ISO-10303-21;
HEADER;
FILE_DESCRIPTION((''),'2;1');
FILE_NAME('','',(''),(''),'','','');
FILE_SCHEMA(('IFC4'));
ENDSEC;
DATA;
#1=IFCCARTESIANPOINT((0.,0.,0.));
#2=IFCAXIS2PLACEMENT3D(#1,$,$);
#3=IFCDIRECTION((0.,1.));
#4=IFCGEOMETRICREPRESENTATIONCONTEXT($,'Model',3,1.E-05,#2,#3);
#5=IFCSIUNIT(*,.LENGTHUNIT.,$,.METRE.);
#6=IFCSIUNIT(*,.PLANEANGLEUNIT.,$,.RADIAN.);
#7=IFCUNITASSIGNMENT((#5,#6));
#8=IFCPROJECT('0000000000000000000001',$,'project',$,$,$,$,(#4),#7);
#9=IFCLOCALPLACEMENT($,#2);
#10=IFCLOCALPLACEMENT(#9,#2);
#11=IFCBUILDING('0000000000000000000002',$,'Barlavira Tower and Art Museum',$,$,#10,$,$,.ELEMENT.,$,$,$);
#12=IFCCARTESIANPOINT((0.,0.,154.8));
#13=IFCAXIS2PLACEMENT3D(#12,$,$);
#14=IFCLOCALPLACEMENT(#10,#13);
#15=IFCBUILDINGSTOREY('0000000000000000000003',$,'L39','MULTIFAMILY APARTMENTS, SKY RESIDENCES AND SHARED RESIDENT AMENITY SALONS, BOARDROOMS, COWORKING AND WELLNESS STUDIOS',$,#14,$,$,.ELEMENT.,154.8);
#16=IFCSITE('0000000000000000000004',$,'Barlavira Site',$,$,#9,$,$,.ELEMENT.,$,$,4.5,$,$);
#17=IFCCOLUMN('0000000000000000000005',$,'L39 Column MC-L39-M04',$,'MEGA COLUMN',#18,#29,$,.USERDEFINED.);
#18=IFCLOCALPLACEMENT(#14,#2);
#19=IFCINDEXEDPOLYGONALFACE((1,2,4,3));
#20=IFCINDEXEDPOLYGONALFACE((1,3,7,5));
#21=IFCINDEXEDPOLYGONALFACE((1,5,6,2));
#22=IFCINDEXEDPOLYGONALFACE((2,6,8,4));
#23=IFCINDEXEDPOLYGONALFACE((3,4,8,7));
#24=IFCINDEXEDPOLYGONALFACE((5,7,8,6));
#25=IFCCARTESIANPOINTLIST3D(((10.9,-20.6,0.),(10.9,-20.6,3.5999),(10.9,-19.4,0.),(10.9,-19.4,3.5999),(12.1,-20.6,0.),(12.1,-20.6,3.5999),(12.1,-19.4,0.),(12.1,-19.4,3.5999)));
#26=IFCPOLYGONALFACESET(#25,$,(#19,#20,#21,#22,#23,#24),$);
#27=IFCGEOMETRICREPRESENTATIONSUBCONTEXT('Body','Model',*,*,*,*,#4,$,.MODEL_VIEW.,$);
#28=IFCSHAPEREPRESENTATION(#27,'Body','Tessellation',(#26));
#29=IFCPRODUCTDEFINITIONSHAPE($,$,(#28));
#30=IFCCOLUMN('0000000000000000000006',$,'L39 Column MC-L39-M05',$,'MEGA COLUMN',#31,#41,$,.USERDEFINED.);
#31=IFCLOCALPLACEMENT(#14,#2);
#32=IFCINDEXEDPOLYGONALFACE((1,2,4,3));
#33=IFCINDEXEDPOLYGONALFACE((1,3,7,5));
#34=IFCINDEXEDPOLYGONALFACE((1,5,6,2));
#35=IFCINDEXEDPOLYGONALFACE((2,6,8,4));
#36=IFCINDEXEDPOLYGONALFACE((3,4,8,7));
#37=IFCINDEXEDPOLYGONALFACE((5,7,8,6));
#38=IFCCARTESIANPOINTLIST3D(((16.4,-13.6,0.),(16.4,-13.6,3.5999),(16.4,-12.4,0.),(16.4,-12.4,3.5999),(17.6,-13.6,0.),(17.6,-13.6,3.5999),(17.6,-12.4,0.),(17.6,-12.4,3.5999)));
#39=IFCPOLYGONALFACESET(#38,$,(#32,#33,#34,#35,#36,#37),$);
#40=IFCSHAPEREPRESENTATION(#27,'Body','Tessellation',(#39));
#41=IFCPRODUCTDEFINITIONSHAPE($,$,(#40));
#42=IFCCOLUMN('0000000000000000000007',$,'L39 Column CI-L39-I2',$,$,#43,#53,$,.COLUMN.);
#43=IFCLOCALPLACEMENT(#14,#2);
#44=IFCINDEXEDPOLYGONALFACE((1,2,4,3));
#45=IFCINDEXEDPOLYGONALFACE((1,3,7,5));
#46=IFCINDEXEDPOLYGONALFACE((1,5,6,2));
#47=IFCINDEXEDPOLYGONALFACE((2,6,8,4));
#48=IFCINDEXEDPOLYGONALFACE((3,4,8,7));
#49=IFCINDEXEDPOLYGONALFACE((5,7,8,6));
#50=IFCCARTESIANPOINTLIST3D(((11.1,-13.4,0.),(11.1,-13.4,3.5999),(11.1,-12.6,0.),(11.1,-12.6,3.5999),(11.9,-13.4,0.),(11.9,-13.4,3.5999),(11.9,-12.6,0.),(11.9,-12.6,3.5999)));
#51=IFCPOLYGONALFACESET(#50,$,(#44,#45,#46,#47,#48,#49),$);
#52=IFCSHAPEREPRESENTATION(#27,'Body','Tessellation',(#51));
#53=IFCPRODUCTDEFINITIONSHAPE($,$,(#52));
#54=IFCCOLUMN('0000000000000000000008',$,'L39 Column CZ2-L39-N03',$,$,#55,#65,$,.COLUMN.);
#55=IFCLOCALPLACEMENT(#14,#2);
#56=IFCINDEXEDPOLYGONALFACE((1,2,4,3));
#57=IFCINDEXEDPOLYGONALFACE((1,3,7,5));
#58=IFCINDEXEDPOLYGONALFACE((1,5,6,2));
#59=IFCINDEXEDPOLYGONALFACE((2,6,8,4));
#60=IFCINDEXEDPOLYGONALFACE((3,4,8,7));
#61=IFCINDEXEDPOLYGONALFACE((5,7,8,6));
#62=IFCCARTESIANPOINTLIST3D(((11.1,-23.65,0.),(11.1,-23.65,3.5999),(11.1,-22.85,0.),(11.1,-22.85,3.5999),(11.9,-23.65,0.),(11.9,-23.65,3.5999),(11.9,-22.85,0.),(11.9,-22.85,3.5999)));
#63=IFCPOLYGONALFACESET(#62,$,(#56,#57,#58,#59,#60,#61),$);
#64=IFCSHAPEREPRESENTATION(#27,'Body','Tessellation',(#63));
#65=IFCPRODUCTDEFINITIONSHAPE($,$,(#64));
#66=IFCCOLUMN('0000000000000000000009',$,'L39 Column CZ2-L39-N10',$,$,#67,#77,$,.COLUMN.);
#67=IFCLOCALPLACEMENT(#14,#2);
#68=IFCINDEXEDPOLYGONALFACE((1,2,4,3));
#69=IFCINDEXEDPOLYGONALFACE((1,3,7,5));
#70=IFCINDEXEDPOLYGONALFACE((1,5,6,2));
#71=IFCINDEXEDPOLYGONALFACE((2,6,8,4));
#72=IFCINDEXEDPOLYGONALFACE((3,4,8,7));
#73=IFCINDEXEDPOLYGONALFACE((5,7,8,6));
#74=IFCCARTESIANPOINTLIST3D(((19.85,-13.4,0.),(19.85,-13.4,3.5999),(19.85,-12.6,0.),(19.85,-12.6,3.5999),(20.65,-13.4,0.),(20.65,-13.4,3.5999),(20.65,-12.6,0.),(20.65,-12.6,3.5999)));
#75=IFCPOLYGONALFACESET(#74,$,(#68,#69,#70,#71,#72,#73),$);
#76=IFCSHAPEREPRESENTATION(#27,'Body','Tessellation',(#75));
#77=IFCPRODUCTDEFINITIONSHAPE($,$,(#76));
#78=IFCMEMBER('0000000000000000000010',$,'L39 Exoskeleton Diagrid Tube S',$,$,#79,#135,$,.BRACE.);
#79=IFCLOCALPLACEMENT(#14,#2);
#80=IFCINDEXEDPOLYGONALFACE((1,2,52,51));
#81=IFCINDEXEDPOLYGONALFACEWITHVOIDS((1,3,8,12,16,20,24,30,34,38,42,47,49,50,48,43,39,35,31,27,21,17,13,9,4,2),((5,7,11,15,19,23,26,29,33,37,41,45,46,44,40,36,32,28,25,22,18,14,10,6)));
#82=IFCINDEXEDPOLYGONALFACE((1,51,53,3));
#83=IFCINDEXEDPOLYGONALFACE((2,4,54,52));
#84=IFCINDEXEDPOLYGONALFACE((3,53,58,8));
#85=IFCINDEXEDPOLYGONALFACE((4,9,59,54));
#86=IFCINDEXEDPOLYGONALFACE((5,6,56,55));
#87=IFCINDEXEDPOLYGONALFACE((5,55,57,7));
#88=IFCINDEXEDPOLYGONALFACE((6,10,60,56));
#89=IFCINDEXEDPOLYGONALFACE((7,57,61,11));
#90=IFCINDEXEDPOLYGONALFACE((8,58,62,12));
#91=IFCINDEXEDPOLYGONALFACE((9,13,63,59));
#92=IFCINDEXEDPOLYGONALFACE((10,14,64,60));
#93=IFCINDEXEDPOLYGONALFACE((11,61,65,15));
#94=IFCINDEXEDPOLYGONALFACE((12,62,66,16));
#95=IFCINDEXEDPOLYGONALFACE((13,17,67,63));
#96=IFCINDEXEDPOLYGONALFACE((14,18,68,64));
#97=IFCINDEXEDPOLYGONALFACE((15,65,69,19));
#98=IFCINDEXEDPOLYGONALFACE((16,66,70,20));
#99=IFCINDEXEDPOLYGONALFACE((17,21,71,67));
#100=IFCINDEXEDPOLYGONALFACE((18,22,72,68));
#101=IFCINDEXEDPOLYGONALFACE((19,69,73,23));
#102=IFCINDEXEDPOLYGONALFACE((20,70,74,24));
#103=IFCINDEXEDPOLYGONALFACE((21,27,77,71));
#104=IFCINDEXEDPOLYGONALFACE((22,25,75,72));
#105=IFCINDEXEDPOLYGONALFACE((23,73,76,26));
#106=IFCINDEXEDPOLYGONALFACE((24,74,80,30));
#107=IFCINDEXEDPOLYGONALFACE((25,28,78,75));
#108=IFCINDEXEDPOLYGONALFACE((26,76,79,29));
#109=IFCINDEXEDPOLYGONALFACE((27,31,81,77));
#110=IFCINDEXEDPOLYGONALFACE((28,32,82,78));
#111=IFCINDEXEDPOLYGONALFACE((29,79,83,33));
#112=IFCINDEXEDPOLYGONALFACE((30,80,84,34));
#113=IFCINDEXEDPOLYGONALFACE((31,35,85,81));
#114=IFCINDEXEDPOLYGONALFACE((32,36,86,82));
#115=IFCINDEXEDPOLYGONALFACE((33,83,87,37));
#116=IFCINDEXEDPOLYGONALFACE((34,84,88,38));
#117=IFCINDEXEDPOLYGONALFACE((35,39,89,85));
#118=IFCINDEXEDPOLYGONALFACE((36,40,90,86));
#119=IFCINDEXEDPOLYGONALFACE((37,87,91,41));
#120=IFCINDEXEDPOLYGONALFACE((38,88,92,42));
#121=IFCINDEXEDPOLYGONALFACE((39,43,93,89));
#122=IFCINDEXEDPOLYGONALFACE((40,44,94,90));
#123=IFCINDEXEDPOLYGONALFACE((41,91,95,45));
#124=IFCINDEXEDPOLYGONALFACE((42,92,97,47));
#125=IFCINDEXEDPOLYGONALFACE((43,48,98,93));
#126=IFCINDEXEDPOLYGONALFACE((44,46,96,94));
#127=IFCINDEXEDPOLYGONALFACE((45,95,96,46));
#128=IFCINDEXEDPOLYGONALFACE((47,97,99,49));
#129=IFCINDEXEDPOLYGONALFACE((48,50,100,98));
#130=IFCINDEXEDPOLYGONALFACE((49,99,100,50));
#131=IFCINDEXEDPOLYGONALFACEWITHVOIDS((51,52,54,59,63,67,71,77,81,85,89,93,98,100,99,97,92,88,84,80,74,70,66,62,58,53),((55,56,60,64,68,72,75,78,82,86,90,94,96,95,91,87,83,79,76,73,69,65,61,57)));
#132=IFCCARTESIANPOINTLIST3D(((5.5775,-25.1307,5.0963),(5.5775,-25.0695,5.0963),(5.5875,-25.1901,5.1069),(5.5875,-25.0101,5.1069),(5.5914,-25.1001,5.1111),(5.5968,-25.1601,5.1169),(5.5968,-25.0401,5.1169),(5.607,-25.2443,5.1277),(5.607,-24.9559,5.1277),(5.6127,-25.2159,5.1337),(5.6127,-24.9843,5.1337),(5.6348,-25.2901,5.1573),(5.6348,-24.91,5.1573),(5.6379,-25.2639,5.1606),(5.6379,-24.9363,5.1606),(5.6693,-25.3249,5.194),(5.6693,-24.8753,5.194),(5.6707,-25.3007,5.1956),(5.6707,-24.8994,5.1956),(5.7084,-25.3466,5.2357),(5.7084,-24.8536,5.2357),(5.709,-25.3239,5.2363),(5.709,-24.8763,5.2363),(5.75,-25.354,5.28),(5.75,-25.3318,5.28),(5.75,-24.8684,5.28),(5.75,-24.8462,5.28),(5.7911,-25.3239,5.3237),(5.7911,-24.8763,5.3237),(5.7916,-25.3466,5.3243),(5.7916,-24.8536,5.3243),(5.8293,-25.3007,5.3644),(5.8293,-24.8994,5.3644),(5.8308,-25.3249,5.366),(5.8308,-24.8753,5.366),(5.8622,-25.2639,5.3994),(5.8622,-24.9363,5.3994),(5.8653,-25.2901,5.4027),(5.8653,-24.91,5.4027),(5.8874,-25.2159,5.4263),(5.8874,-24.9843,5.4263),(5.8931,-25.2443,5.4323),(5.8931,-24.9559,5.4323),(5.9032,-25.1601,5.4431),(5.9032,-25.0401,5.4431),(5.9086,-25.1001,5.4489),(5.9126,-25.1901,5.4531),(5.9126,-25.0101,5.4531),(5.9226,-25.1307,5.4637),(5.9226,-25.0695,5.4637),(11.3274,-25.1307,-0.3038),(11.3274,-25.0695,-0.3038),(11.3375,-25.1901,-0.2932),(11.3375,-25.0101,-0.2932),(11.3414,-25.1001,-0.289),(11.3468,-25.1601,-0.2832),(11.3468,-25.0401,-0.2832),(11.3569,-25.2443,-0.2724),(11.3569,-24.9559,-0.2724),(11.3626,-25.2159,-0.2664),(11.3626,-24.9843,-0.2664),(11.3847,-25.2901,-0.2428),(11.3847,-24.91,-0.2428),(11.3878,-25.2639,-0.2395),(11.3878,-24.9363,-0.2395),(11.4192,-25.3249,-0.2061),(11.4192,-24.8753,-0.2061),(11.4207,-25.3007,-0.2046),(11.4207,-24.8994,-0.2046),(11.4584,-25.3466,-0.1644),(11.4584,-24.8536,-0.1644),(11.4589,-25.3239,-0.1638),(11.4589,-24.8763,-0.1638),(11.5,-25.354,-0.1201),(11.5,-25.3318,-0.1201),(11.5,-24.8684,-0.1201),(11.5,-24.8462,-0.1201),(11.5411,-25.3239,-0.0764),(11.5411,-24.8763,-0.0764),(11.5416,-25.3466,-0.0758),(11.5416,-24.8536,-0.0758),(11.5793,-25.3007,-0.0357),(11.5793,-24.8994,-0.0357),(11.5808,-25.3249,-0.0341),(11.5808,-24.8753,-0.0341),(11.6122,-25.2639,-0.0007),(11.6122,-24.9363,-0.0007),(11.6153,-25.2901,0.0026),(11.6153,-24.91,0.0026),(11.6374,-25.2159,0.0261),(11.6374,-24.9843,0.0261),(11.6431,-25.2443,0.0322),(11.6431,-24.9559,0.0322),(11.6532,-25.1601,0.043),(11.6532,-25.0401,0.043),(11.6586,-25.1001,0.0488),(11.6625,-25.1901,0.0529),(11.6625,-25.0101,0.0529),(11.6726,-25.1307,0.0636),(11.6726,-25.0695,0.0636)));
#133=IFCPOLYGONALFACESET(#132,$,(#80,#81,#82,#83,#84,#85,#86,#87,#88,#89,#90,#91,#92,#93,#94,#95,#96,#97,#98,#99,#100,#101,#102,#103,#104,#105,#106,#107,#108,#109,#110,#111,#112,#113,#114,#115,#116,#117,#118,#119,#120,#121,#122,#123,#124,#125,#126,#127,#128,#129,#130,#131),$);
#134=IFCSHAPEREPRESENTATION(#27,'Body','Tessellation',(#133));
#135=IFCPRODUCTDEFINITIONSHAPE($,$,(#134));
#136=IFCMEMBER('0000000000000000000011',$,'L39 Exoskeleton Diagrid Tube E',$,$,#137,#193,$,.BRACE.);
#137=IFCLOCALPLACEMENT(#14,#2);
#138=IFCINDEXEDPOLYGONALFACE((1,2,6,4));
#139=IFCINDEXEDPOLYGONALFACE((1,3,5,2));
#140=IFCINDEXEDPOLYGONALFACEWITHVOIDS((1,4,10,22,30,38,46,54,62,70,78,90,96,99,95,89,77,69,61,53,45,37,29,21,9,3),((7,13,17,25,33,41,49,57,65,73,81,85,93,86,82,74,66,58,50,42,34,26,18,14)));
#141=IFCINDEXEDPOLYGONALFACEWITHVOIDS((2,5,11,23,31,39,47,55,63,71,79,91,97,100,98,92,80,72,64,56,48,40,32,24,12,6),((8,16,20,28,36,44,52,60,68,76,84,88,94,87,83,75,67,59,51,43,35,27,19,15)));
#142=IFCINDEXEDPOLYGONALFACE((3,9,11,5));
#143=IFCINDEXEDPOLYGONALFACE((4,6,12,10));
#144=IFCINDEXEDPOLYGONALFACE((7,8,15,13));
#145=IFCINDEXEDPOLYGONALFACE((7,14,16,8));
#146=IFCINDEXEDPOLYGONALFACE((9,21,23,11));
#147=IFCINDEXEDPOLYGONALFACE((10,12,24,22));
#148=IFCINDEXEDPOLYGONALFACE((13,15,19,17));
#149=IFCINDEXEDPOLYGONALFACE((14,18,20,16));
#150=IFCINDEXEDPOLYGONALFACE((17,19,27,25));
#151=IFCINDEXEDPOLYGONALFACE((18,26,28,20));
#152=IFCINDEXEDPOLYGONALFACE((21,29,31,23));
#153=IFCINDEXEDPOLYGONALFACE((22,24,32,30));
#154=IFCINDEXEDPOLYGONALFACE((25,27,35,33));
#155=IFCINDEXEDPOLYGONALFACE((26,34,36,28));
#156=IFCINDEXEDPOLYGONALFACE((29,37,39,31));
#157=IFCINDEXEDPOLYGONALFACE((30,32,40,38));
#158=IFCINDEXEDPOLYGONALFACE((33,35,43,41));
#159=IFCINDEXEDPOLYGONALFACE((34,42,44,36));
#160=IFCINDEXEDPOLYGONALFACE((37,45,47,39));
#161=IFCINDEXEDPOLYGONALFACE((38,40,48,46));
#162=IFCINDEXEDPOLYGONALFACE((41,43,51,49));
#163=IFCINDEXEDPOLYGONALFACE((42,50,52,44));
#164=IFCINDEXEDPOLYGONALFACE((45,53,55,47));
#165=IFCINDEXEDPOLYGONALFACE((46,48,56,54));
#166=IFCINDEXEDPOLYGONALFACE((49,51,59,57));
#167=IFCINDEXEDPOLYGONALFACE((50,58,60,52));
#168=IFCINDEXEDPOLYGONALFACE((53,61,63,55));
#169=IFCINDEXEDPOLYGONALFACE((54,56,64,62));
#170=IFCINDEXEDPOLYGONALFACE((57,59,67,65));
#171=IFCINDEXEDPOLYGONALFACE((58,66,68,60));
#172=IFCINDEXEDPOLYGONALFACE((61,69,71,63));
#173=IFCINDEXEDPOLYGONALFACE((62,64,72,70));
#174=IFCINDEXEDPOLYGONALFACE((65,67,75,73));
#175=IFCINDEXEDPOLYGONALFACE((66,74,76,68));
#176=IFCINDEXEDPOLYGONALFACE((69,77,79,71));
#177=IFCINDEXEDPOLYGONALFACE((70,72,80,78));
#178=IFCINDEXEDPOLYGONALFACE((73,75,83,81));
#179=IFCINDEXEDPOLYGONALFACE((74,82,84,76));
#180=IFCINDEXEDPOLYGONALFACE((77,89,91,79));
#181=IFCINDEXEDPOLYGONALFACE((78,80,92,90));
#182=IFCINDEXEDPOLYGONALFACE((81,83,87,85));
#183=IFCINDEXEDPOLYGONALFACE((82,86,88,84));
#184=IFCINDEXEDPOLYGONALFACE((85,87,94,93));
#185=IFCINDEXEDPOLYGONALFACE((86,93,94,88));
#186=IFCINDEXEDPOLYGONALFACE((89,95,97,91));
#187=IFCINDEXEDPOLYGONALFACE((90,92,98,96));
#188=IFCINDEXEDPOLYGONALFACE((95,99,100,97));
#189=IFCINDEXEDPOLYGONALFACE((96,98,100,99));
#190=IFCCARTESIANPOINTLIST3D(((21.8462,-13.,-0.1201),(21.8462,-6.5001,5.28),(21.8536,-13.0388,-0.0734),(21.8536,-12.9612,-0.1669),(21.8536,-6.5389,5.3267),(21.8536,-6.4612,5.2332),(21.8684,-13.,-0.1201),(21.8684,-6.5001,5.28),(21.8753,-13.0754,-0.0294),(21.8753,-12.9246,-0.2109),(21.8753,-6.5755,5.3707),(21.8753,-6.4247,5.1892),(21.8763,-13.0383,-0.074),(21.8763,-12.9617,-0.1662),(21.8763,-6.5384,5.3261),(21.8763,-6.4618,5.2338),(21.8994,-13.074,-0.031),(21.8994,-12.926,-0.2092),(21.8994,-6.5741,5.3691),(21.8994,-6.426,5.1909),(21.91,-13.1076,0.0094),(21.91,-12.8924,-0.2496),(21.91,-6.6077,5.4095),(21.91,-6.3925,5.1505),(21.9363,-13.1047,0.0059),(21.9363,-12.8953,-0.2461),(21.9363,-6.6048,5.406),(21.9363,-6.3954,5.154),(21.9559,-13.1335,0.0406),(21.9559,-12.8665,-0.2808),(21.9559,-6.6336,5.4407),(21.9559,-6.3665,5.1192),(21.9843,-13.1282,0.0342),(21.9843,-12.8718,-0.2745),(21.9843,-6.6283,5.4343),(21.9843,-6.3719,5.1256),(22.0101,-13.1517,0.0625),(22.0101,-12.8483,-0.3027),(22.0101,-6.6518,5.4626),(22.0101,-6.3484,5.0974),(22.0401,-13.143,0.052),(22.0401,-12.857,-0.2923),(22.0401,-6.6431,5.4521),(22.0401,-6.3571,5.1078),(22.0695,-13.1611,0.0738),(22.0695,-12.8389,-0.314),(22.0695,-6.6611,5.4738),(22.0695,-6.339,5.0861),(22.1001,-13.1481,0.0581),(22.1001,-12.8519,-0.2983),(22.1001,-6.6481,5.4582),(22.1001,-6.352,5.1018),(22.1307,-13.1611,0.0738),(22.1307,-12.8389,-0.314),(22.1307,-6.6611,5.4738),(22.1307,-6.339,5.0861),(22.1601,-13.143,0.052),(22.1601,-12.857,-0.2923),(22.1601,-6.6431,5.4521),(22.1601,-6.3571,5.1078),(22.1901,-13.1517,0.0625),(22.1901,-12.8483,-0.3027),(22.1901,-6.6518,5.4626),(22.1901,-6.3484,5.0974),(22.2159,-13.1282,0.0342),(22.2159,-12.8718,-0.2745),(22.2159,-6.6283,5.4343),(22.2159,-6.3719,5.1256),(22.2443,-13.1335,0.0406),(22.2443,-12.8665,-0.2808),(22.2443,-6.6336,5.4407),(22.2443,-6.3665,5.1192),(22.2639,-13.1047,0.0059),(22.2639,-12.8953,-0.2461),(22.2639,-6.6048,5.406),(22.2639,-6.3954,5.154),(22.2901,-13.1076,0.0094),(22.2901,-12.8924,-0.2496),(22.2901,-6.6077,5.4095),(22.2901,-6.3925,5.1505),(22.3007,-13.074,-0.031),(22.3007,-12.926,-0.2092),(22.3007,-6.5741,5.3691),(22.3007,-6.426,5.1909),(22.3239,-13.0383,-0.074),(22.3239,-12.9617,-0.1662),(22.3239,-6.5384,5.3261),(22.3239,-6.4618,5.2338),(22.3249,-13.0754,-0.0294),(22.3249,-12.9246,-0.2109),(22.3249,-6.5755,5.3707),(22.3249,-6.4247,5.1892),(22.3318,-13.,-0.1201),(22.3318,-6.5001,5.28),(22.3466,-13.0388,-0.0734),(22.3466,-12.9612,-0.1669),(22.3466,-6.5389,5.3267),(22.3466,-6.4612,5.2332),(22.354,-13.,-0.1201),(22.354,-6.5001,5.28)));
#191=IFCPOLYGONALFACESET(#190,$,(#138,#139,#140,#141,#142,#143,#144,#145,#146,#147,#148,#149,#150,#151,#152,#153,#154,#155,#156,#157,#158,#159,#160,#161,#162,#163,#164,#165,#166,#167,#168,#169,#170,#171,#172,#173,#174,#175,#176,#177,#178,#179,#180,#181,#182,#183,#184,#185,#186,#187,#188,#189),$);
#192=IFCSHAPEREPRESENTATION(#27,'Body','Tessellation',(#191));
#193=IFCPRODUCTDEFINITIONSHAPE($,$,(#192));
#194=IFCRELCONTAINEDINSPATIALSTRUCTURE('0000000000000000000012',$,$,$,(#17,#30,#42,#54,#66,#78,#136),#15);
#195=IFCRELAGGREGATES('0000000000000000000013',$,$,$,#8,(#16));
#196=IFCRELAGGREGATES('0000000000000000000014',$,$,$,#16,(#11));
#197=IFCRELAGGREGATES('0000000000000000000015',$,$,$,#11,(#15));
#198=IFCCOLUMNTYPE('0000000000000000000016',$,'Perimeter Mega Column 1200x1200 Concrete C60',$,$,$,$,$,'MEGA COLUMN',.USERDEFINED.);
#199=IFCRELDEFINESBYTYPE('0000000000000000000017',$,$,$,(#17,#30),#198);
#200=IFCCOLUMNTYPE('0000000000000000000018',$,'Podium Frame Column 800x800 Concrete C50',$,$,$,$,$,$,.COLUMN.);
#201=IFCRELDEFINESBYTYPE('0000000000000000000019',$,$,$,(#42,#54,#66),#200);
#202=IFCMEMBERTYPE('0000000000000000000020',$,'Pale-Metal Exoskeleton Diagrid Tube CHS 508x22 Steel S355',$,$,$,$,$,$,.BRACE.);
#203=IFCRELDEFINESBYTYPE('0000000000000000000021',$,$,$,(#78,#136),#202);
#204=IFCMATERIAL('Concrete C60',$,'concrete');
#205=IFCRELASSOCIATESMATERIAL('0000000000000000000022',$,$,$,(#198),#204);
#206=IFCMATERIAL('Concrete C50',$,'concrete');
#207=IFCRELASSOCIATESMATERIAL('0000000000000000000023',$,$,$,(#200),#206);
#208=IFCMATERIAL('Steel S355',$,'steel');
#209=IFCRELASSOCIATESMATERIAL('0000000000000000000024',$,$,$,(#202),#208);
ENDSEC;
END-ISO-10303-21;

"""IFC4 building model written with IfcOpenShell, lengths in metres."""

from ifc_helpers import new_model, si_unit, direction, frame, origin, origin_2d, place, context, subcontext, project, spatial, rectangle, hollow_circle, extrude, material, material_profile, profile_set, type_object, element, save


model = new_model("IFC4")

# Units and contexts
model_context = context("Model", 3, precision=1e-05, world=origin(), true_north=direction((0.0, 1.0)))
body_context = subcontext(model_context, "Body", "Model", "MODEL_VIEW")
ifc_project = project(units=[si_unit("LENGTHUNIT", "METRE"), si_unit("PLANEANGLEUNIT", "RADIAN")], contexts=[model_context])

# Site, building, storey
site_placement = place(None, origin())
site = spatial("IfcSite", under=ifc_project, at=site_placement, Name="Barlavira Site", CompositionType="ELEMENT", RefElevation=4.5)
building_placement = place(site_placement, origin())
building = spatial("IfcBuilding", under=site, at=building_placement, Name="Barlavira Tower and Art Museum", CompositionType="ELEMENT")
storey_placement = place(building_placement, frame((0.0, 0.0, 154.8)))
storey = spatial("IfcBuildingStorey", under=building, at=storey_placement, Name="L39", Description="MULTIFAMILY APARTMENTS, SKY RESIDENCES AND SHARED RESIDENT AMENITY SALONS, BOARDROOMS, COWORKING AND WELLNESS STUDIOS", CompositionType="ELEMENT", Elevation=154.8)

# Columns
ifc_material_1 = material(Name="Concrete C60", Category="concrete")
ifc_material_profile_1 = material_profile(ifc_material_1, rectangle(XDim=1.2, YDim=1.2, at=origin_2d()), Name="RC-COL 1200x1200")
ifc_profile_set_1 = profile_set([ifc_material_profile_1], Name="Concrete C60")
column_type_1 = type_object("IfcColumnType", Name="Perimeter Mega Column 1200x1200 Concrete C60", ElementType="MEGA COLUMN", PredefinedType="USERDEFINED", material=ifc_profile_set_1)
for number, where, z_axis, x_axis, name in (
    (1, (11.5, -20.0, 0.0), (0.0, 0.0, 1.0), (1.0, 0.0, 0.0), "L39 Column MC-L39-M04"),
    (2, (17.0, -13.0, 0.0), (0.0, 0.0, 1.0), (1.0, 0.0, 0.0), "L39 Column MC-L39-M05"),
):
    element("IfcColumn", number, at=place(storey_placement, frame(where, z_axis=z_axis, x_axis=x_axis)), inside=storey, type_object=column_type_1, Name=name, ObjectType="MEGA COLUMN", PredefinedType="USERDEFINED", context=body_context, shape_type="SweptSolid", body=[
        extrude(rectangle(XDim=1.2, YDim=1.2, at=origin_2d()), origin(), (0.0, 0.0, 1.0), 3.5999),
    ])
ifc_material_2 = material(Name="Concrete C50", Category="concrete")
ifc_material_profile_2 = material_profile(ifc_material_2, rectangle(XDim=0.8, YDim=0.8, at=origin_2d()), Name="RC-COL 800x800")
ifc_profile_set_2 = profile_set([ifc_material_profile_2], Name="Concrete C50")
column_type_2 = type_object("IfcColumnType", Name="Podium Frame Column 800x800 Concrete C50", PredefinedType="COLUMN", material=ifc_profile_set_2)
for number, where, z_axis, x_axis, name in (
    (3, (11.5, -13.0, 0.0), (0.0, 0.0, 1.0), (1.0, 0.0, 0.0), "L39 Column CI-L39-I2"),
    (4, (11.5, -23.25, 0.0), (0.0, 0.0, 1.0), (1.0, 0.0, 0.0), "L39 Column CZ2-L39-N03"),
    (5, (20.25, -13.0, 0.0), (0.0, 0.0, 1.0), (1.0, 0.0, 0.0), "L39 Column CZ2-L39-N10"),
):
    element("IfcColumn", number, at=place(storey_placement, frame(where, z_axis=z_axis, x_axis=x_axis)), inside=storey, type_object=column_type_2, Name=name, PredefinedType="COLUMN", context=body_context, shape_type="SweptSolid", body=[
        extrude(rectangle(XDim=0.8, YDim=0.8, at=origin_2d()), origin(), (0.0, 0.0, 1.0), 3.5999),
    ])

# Members
ifc_material_3 = material(Name="Steel S355", Category="steel")
ifc_material_profile_3 = material_profile(ifc_material_3, hollow_circle(Radius=0.2539, WallThickness=0.0222, at=origin_2d()), Name="CHS 508.0x22.2")
ifc_profile_set_3 = profile_set([ifc_material_profile_3], Name="Steel S355")
member_type_1 = type_object("IfcMemberType", Name="Pale-Metal Exoskeleton Diagrid Tube CHS 508x22 Steel S355", PredefinedType="BRACE", material=ifc_profile_set_3)
member_1_placement = place(storey_placement, frame((11.5, -25.1001, -0.1201), z_axis=(-0.728935, 0.0, 0.684583), x_axis=(0.0, -1.0, 0.0)))
element("IfcMember", 6, at=member_1_placement, inside=storey, type_object=member_type_1, Name="L39 Exoskeleton Diagrid Tube S", PredefinedType="BRACE", context=body_context, shape_type="SweptSolid", body=[
    extrude(hollow_circle(Radius=0.2539, WallThickness=0.0222, at=origin_2d()), origin(), (0.0, 0.0, 1.0), 7.8882),
])
member_2_placement = place(storey_placement, frame((22.1001, -13.0, -0.1201), z_axis=(0.0, 0.769182, 0.63903), x_axis=(-1.0, 0.0, 0.0)))
element("IfcMember", 7, at=member_2_placement, inside=storey, type_object=member_type_1, Name="L39 Exoskeleton Diagrid Tube E", PredefinedType="BRACE", context=body_context, shape_type="SweptSolid", body=[
    extrude(hollow_circle(Radius=0.2539, WallThickness=0.0222, at=origin_2d()), origin(), (0.0, 0.0, 1.0), 8.4504),
])

save(model, "model.ifc")
